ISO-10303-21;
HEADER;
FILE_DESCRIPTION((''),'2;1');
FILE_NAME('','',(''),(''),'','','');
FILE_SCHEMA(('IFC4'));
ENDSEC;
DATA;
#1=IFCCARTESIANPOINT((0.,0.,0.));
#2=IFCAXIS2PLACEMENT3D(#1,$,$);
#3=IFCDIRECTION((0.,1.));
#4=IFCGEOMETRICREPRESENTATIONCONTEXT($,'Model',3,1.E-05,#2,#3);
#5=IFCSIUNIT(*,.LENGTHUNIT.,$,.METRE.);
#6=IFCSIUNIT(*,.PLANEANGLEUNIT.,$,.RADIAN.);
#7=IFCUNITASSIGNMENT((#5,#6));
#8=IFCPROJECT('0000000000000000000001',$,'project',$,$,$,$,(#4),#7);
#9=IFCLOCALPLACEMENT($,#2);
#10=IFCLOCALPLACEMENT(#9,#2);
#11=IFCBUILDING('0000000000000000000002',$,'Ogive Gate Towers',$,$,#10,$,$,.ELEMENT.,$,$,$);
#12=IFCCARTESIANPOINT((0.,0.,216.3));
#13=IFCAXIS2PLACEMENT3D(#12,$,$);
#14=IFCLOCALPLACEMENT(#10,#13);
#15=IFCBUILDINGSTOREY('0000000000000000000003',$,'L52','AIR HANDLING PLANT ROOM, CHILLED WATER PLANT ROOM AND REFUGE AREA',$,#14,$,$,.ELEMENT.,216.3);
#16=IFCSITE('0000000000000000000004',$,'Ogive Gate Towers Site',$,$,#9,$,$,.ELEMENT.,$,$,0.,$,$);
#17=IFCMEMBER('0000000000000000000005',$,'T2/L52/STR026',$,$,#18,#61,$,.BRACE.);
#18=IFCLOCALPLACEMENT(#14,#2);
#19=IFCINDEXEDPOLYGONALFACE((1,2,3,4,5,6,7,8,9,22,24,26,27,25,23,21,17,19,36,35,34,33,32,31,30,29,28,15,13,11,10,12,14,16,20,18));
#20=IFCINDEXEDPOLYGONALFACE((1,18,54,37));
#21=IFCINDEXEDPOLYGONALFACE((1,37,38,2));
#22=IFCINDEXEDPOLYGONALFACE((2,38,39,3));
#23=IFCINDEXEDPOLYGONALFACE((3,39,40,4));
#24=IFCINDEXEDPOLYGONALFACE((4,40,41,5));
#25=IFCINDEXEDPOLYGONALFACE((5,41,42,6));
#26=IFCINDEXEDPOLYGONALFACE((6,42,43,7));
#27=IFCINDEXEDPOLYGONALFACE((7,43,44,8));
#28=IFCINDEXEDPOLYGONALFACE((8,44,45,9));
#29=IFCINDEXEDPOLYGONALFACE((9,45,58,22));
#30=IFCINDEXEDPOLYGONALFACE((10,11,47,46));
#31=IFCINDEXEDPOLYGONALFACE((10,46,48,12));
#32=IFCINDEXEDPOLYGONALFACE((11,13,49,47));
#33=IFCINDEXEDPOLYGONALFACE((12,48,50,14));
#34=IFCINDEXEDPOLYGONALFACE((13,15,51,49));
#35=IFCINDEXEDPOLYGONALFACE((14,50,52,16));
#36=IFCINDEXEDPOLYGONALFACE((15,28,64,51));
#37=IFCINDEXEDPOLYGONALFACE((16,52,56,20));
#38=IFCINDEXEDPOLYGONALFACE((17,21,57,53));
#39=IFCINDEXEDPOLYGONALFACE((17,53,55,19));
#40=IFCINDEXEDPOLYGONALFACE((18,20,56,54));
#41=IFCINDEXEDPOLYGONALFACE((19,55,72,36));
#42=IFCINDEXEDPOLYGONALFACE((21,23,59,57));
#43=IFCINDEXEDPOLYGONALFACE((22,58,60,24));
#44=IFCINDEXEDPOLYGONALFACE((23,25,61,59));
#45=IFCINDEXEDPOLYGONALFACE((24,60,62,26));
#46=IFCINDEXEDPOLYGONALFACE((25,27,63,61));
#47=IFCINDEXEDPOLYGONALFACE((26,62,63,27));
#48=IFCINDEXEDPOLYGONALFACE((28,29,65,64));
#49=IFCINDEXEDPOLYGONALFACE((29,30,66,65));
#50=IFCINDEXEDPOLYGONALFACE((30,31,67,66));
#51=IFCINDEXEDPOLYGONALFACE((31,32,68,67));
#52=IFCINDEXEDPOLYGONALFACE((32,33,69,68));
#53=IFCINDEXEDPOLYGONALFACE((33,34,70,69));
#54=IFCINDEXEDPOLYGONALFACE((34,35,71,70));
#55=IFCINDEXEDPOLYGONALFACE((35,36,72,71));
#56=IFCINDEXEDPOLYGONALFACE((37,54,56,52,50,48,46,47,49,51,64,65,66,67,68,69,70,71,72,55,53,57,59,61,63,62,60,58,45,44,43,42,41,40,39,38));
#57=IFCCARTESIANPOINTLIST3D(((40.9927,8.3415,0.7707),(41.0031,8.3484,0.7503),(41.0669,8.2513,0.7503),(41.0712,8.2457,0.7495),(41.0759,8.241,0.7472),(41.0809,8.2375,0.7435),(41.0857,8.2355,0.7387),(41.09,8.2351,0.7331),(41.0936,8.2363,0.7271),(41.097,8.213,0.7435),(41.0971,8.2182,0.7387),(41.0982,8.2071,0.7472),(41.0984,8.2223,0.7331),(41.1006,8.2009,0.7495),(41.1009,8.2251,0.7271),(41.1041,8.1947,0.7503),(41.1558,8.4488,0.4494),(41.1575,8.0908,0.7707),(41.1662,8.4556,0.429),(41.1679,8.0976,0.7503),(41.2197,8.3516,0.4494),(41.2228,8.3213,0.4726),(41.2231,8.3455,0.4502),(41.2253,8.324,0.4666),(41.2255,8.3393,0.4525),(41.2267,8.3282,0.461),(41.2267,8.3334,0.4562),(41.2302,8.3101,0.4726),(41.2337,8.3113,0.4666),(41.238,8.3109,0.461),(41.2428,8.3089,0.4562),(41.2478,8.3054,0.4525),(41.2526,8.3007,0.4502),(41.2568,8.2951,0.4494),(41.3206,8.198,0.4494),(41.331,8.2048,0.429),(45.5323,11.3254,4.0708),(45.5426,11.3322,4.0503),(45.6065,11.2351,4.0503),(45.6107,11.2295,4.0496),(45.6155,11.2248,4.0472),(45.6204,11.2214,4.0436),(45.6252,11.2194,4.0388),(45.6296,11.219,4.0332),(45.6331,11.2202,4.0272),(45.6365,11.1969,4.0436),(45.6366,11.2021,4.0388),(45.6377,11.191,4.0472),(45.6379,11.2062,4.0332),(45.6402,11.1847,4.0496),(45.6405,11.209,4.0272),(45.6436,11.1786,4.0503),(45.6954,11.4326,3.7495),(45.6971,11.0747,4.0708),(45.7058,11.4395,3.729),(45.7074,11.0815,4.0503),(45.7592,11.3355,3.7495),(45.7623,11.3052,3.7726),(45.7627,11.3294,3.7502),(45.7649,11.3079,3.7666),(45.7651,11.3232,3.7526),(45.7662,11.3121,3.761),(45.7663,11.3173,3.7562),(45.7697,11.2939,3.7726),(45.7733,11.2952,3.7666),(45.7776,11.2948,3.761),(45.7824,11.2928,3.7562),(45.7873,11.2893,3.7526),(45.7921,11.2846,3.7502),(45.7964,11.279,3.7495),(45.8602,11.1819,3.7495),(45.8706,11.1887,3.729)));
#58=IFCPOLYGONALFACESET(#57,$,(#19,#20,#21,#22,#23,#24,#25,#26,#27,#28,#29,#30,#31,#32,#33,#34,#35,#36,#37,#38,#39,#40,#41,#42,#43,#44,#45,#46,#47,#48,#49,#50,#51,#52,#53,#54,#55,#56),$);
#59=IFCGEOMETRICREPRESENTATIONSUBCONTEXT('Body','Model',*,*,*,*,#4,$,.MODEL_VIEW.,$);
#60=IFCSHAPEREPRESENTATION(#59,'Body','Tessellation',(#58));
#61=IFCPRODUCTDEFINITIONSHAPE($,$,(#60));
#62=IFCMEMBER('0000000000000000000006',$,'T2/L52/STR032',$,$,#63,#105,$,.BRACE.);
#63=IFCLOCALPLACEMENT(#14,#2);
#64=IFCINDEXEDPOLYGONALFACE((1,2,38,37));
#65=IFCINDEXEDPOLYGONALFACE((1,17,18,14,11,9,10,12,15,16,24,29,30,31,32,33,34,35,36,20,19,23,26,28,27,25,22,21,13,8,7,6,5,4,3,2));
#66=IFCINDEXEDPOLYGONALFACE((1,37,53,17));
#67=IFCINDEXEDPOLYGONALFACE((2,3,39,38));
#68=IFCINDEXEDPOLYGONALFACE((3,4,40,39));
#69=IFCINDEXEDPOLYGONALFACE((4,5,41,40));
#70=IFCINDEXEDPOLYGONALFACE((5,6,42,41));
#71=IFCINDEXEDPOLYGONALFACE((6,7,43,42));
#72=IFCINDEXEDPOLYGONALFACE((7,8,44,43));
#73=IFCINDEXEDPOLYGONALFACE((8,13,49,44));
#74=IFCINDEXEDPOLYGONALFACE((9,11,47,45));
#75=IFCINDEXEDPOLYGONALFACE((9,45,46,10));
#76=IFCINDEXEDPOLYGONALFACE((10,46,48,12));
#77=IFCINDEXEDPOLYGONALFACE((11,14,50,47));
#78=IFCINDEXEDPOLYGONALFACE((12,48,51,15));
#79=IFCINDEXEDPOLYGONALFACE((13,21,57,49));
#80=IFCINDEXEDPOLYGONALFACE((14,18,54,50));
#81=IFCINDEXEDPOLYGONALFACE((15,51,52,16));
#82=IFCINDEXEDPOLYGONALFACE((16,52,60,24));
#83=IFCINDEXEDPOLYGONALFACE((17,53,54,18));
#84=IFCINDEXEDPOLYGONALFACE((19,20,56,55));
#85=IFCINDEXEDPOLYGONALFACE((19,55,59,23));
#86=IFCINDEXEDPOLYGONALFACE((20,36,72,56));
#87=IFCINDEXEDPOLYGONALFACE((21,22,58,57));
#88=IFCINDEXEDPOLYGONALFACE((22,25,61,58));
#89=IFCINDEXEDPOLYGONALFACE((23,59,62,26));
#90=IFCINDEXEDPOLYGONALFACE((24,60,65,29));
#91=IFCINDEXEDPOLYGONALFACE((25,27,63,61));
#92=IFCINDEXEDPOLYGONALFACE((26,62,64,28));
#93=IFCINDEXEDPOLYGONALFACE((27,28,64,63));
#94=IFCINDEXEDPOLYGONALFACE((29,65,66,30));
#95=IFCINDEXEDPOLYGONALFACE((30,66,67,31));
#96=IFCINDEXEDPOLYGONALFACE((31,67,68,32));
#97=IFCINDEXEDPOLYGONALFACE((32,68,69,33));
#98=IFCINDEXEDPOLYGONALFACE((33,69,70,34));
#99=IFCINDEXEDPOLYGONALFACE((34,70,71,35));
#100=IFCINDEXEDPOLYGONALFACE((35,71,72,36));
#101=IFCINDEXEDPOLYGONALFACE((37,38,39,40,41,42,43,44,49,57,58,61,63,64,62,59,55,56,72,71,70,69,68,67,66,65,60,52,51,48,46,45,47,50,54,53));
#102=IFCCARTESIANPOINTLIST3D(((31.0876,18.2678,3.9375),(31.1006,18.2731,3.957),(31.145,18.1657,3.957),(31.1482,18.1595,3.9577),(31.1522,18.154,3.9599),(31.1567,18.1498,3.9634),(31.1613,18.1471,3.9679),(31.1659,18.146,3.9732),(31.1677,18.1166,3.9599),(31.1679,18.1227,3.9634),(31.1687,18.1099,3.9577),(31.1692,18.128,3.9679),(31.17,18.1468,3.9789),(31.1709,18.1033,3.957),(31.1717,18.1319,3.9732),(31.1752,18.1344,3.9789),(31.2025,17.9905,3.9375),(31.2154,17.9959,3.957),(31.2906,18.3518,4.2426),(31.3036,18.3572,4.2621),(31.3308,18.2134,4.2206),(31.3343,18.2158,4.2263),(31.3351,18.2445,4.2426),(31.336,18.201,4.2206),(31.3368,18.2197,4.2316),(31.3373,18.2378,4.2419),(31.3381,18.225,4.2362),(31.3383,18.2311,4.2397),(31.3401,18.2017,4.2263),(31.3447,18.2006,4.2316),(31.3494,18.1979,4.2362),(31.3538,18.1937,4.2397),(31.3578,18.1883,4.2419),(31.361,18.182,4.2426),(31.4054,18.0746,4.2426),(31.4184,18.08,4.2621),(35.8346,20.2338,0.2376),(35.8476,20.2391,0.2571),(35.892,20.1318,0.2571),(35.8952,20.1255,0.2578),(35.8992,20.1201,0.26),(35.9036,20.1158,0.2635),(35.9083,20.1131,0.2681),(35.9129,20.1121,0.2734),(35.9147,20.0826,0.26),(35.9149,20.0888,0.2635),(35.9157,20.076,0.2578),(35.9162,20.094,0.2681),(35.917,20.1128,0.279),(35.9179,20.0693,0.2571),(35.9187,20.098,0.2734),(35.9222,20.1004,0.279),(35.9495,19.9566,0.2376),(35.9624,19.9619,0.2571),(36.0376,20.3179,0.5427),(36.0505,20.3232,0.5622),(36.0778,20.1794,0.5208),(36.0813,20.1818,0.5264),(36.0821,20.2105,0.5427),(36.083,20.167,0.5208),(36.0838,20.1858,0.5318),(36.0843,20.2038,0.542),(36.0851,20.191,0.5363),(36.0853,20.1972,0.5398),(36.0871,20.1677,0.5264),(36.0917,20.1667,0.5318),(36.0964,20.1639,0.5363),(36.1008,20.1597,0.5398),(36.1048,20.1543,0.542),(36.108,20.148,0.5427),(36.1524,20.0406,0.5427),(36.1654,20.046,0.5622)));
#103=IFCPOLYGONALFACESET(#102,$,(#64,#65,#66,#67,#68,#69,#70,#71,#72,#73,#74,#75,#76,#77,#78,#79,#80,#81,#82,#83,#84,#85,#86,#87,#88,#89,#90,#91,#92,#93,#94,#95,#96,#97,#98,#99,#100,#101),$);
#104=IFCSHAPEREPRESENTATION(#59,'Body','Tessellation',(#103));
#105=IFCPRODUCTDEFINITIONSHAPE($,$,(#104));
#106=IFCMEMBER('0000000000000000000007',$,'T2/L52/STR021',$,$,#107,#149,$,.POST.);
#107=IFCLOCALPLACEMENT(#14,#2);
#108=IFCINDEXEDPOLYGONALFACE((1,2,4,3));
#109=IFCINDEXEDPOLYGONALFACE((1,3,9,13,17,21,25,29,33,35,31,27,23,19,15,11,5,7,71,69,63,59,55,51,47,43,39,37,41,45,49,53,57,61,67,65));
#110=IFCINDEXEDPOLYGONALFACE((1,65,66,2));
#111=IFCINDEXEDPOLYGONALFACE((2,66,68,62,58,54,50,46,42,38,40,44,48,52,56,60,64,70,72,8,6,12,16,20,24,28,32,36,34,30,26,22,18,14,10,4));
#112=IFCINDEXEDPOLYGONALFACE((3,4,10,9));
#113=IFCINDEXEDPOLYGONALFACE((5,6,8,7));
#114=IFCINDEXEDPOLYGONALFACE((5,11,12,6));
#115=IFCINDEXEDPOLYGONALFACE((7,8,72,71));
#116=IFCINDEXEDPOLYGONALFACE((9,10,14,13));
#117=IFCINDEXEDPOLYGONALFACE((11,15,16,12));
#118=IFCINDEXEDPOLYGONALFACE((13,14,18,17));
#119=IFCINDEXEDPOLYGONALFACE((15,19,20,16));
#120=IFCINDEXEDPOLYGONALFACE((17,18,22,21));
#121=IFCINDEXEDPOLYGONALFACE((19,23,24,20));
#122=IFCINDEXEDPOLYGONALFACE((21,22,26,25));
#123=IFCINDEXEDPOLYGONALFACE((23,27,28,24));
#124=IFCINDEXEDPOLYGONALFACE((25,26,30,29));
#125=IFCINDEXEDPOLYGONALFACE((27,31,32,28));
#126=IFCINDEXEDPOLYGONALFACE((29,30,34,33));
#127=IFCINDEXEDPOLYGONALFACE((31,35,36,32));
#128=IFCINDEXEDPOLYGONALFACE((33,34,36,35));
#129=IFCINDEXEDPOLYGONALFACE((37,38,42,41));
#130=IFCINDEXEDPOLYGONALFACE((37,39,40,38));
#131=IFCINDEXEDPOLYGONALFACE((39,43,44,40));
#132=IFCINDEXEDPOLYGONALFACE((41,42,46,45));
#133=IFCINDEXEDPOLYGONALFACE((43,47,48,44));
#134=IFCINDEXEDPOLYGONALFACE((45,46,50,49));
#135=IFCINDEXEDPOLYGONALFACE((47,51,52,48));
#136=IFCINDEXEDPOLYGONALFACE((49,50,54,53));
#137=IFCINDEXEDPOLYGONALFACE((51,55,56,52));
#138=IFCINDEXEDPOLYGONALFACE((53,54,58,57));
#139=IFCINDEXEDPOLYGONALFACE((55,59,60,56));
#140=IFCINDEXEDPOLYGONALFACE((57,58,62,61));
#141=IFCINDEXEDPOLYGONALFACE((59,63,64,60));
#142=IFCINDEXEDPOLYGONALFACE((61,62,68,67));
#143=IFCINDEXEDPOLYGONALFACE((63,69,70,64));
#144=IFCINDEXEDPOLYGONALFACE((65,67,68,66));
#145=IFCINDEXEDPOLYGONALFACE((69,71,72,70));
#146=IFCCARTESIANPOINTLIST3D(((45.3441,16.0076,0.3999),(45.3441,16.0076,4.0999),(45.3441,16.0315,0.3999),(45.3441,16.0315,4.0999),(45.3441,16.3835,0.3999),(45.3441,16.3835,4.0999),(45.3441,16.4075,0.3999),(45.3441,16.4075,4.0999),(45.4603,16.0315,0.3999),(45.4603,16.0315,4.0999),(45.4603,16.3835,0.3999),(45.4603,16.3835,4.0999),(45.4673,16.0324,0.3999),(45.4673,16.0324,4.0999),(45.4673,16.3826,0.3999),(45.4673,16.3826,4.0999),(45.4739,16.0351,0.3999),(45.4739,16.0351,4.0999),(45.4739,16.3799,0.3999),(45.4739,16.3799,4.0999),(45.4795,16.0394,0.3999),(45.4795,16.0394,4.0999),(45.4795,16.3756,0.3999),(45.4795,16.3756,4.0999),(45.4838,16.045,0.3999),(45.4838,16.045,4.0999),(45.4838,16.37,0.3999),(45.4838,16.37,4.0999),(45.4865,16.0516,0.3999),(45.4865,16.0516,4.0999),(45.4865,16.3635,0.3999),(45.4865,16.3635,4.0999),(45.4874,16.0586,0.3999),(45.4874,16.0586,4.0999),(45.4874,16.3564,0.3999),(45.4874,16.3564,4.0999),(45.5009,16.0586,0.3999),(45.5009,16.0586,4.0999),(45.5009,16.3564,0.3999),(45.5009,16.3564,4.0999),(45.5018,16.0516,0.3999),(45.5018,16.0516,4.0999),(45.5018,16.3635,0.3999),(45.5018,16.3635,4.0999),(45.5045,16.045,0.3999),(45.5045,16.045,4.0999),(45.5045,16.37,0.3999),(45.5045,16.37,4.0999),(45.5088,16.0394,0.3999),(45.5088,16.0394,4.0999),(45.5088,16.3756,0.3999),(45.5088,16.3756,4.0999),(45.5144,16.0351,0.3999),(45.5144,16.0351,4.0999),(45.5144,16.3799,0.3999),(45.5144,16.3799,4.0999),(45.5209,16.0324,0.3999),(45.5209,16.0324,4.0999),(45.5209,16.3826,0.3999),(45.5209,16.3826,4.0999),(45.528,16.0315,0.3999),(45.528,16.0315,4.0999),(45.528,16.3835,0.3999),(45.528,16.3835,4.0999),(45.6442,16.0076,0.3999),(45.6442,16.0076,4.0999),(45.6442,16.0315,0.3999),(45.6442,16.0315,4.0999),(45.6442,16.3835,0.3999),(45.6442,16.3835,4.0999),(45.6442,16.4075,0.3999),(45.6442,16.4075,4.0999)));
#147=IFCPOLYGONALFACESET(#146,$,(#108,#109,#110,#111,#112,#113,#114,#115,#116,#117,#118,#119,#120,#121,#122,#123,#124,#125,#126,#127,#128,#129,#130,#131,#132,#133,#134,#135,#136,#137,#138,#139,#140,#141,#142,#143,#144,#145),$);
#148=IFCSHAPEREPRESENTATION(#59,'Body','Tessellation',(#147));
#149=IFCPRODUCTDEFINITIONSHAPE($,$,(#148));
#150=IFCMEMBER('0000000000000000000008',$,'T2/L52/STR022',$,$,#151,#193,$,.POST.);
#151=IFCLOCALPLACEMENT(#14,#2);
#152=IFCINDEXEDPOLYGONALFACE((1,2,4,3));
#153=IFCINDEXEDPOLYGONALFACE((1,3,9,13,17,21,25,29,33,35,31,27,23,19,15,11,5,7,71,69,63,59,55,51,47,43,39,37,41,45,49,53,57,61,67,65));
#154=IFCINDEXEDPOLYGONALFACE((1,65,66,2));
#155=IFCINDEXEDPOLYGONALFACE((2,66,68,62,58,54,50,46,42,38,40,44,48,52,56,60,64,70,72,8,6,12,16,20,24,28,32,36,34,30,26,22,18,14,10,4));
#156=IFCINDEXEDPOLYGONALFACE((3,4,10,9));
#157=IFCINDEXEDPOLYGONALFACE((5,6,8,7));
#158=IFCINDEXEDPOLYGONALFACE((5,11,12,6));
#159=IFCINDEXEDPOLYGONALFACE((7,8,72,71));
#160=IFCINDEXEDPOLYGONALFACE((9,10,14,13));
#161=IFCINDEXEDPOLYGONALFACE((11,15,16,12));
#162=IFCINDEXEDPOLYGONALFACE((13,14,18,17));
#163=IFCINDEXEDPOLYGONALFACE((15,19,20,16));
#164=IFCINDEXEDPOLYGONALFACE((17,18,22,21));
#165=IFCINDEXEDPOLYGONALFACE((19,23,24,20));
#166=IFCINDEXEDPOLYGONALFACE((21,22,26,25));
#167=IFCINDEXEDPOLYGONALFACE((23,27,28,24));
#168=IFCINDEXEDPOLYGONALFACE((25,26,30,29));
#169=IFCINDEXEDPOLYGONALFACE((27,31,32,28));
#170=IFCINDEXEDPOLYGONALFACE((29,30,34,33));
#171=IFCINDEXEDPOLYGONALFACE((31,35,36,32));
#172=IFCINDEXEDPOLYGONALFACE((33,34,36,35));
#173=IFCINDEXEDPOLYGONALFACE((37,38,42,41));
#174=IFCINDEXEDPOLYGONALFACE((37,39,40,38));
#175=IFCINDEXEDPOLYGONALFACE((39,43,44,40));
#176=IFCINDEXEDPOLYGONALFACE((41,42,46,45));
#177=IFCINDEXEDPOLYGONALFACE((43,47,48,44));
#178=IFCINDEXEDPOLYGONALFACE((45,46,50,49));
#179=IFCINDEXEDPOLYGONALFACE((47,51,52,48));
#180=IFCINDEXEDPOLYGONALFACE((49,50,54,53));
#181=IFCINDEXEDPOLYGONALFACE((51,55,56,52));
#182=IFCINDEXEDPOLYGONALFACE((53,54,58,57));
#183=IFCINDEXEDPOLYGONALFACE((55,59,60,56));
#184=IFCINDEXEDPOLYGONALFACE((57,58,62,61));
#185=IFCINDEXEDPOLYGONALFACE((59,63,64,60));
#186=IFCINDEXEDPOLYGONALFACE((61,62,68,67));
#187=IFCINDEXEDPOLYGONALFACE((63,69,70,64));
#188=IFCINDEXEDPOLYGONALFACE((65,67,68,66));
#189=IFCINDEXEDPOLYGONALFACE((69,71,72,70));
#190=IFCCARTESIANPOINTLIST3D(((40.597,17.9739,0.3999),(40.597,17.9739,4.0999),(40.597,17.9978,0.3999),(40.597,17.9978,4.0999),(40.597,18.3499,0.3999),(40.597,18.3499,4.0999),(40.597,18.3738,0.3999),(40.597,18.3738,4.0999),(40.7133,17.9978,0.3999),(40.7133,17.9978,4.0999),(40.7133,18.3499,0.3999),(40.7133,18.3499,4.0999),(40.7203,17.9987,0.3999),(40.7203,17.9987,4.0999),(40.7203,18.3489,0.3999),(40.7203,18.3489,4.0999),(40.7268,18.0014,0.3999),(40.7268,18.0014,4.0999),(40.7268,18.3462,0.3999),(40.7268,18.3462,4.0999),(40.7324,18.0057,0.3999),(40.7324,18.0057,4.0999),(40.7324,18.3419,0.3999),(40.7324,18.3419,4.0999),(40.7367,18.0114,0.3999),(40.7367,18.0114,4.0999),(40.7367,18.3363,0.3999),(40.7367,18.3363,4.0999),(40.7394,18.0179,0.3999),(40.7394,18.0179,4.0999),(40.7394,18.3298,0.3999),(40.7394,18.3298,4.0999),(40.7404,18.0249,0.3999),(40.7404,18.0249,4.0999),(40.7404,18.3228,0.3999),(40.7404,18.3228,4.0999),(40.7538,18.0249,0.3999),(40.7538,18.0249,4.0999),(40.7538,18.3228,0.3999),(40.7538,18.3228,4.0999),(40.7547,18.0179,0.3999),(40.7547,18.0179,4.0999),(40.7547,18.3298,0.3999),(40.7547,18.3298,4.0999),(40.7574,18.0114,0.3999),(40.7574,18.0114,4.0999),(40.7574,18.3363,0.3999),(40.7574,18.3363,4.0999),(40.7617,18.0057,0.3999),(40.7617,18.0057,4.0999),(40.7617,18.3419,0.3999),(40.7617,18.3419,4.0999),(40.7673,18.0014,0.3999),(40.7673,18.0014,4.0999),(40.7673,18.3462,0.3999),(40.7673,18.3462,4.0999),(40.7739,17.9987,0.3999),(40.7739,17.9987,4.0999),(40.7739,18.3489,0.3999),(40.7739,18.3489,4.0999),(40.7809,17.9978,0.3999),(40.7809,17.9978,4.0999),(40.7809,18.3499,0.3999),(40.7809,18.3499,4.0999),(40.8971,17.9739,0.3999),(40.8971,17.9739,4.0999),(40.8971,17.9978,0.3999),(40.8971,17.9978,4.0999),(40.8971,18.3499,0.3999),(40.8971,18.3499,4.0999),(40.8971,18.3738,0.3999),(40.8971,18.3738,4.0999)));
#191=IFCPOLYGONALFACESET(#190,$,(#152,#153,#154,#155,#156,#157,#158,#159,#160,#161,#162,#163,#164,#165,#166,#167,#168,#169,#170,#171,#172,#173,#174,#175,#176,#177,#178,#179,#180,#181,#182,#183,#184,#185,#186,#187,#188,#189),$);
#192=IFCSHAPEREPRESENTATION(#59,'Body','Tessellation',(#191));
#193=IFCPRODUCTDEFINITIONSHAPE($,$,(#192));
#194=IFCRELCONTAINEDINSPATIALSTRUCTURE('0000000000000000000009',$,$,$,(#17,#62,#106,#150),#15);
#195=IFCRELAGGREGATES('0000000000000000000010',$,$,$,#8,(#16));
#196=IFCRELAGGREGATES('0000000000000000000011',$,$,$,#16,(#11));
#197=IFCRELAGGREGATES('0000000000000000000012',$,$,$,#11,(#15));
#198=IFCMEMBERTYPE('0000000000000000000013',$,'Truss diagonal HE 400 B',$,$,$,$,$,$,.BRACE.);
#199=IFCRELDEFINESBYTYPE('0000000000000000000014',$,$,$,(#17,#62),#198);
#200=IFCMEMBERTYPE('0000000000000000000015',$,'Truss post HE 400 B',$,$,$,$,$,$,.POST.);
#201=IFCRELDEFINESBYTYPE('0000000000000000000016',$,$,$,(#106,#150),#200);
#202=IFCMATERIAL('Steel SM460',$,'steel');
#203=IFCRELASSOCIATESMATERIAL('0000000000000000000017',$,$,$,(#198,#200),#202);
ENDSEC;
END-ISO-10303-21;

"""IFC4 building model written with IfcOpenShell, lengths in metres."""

from ifc_helpers import new_model, si_unit, direction, frame, origin, origin_2d, place, context, subcontext, project, spatial, i_section, extrude, material, material_profile, profile_set, type_object, element, save


model = new_model("IFC4")

# Units and contexts
model_context = context("Model", 3, precision=1e-05, world=origin(), true_north=direction((0.0, 1.0)))
body_context = subcontext(model_context, "Body", "Model", "MODEL_VIEW")
ifc_project = project(units=[si_unit("LENGTHUNIT", "METRE"), si_unit("PLANEANGLEUNIT", "RADIAN")], contexts=[model_context])

# Site, building, storey
site_placement = place(None, origin())
site = spatial("IfcSite", under=ifc_project, at=site_placement, Name="Ogive Gate Towers Site", CompositionType="ELEMENT", RefElevation=0.0)
building_placement = place(site_placement, origin())
building = spatial("IfcBuilding", under=site, at=building_placement, Name="Ogive Gate Towers", CompositionType="ELEMENT")
storey_placement = place(building_placement, frame((0.0, 0.0, 216.3)))
storey = spatial("IfcBuildingStorey", under=building, at=storey_placement, Name="L52", Description="AIR HANDLING PLANT ROOM, CHILLED WATER PLANT ROOM AND REFUGE AREA", CompositionType="ELEMENT", Elevation=216.3)

# Shared definitions
ifc_material_1 = material(Name="Steel SM460", Category="steel")

# Members
ifc_material_profile_1 = material_profile(ifc_material_1, i_section(OverallWidth=0.3, OverallDepth=0.3999, WebThickness=0.0134, FlangeThickness=0.0239, FilletRadius=0.0271, at=origin_2d()), Name="HE 400 B")
ifc_profile_set_1 = profile_set([ifc_material_profile_1], Name="Steel SM460")
member_type_1 = type_object("IfcMemberType", Name="Truss diagonal HE 400 B", PredefinedType="BRACE", material=ifc_profile_set_1)
member_1_placement = place(storey_placement, frame((41.1619, 8.2732, 0.5999), z_axis=(0.714191, 0.469444, 0.519185), x_axis=(-0.549275, 0.835642, 0.0)))
element("IfcMember", 1, at=member_1_placement, inside=storey, type_object=member_type_1, Name="T2/L52/STR026", PredefinedType="BRACE", context=body_context, shape_type="SweptSolid", body=[
    extrude(i_section(OverallWidth=0.3, OverallDepth=0.3999, WebThickness=0.0134, FlangeThickness=0.0239, FilletRadius=0.0271, at=origin_2d()), origin(), (0.0, 0.0, 1.0), 6.3562),
])
member_2_placement = place(storey_placement, frame((36.0, 20.1399, 0.3999), z_axis=(-0.749737, -0.310514, 0.584359), x_axis=(0.382644, -0.923896, 0.0)))
element("IfcMember", 2, at=member_2_placement, inside=storey, type_object=member_type_1, Name="T2/L52/STR032", PredefinedType="BRACE", context=body_context, shape_type="SweptSolid", body=[
    extrude(i_section(OverallWidth=0.3, OverallDepth=0.3999, WebThickness=0.0134, FlangeThickness=0.0239, FilletRadius=0.0271, at=origin_2d()), origin(), (0.0, 0.0, 1.0), 6.3315),
])
ifc_material_profile_2 = material_profile(ifc_material_1, i_section(OverallWidth=0.3, OverallDepth=0.3999, WebThickness=0.0134, FlangeThickness=0.0239, FilletRadius=0.0271, at=origin_2d()), Name="HE 400 B")
ifc_profile_set_2 = profile_set([ifc_material_profile_2], Name="Steel SM460")
member_type_2 = type_object("IfcMemberType", Name="Truss post HE 400 B", PredefinedType="POST", material=ifc_profile_set_2)
for number, where, z_axis, x_axis, name in (
    (3, (45.4941, 16.2075, 0.3999), (0.0, 0.0, 1.0), (1.0, 0.0, 0.0), "T2/L52/STR021"),
    (4, (40.7471, 18.1738, 0.3999), (0.0, 0.0, 1.0), (1.0, 0.0, 0.0), "T2/L52/STR022"),
):
    element("IfcMember", number, at=place(storey_placement, frame(where, z_axis=z_axis, x_axis=x_axis)), inside=storey, type_object=member_type_2, Name=name, PredefinedType="POST", context=body_context, shape_type="SweptSolid", body=[
        extrude(i_section(OverallWidth=0.3, OverallDepth=0.3999, WebThickness=0.0134, FlangeThickness=0.0239, FilletRadius=0.0271, at=origin_2d()), origin(), (0.0, 0.0, 1.0), 3.7),
    ])

save(model, "model.ifc")
